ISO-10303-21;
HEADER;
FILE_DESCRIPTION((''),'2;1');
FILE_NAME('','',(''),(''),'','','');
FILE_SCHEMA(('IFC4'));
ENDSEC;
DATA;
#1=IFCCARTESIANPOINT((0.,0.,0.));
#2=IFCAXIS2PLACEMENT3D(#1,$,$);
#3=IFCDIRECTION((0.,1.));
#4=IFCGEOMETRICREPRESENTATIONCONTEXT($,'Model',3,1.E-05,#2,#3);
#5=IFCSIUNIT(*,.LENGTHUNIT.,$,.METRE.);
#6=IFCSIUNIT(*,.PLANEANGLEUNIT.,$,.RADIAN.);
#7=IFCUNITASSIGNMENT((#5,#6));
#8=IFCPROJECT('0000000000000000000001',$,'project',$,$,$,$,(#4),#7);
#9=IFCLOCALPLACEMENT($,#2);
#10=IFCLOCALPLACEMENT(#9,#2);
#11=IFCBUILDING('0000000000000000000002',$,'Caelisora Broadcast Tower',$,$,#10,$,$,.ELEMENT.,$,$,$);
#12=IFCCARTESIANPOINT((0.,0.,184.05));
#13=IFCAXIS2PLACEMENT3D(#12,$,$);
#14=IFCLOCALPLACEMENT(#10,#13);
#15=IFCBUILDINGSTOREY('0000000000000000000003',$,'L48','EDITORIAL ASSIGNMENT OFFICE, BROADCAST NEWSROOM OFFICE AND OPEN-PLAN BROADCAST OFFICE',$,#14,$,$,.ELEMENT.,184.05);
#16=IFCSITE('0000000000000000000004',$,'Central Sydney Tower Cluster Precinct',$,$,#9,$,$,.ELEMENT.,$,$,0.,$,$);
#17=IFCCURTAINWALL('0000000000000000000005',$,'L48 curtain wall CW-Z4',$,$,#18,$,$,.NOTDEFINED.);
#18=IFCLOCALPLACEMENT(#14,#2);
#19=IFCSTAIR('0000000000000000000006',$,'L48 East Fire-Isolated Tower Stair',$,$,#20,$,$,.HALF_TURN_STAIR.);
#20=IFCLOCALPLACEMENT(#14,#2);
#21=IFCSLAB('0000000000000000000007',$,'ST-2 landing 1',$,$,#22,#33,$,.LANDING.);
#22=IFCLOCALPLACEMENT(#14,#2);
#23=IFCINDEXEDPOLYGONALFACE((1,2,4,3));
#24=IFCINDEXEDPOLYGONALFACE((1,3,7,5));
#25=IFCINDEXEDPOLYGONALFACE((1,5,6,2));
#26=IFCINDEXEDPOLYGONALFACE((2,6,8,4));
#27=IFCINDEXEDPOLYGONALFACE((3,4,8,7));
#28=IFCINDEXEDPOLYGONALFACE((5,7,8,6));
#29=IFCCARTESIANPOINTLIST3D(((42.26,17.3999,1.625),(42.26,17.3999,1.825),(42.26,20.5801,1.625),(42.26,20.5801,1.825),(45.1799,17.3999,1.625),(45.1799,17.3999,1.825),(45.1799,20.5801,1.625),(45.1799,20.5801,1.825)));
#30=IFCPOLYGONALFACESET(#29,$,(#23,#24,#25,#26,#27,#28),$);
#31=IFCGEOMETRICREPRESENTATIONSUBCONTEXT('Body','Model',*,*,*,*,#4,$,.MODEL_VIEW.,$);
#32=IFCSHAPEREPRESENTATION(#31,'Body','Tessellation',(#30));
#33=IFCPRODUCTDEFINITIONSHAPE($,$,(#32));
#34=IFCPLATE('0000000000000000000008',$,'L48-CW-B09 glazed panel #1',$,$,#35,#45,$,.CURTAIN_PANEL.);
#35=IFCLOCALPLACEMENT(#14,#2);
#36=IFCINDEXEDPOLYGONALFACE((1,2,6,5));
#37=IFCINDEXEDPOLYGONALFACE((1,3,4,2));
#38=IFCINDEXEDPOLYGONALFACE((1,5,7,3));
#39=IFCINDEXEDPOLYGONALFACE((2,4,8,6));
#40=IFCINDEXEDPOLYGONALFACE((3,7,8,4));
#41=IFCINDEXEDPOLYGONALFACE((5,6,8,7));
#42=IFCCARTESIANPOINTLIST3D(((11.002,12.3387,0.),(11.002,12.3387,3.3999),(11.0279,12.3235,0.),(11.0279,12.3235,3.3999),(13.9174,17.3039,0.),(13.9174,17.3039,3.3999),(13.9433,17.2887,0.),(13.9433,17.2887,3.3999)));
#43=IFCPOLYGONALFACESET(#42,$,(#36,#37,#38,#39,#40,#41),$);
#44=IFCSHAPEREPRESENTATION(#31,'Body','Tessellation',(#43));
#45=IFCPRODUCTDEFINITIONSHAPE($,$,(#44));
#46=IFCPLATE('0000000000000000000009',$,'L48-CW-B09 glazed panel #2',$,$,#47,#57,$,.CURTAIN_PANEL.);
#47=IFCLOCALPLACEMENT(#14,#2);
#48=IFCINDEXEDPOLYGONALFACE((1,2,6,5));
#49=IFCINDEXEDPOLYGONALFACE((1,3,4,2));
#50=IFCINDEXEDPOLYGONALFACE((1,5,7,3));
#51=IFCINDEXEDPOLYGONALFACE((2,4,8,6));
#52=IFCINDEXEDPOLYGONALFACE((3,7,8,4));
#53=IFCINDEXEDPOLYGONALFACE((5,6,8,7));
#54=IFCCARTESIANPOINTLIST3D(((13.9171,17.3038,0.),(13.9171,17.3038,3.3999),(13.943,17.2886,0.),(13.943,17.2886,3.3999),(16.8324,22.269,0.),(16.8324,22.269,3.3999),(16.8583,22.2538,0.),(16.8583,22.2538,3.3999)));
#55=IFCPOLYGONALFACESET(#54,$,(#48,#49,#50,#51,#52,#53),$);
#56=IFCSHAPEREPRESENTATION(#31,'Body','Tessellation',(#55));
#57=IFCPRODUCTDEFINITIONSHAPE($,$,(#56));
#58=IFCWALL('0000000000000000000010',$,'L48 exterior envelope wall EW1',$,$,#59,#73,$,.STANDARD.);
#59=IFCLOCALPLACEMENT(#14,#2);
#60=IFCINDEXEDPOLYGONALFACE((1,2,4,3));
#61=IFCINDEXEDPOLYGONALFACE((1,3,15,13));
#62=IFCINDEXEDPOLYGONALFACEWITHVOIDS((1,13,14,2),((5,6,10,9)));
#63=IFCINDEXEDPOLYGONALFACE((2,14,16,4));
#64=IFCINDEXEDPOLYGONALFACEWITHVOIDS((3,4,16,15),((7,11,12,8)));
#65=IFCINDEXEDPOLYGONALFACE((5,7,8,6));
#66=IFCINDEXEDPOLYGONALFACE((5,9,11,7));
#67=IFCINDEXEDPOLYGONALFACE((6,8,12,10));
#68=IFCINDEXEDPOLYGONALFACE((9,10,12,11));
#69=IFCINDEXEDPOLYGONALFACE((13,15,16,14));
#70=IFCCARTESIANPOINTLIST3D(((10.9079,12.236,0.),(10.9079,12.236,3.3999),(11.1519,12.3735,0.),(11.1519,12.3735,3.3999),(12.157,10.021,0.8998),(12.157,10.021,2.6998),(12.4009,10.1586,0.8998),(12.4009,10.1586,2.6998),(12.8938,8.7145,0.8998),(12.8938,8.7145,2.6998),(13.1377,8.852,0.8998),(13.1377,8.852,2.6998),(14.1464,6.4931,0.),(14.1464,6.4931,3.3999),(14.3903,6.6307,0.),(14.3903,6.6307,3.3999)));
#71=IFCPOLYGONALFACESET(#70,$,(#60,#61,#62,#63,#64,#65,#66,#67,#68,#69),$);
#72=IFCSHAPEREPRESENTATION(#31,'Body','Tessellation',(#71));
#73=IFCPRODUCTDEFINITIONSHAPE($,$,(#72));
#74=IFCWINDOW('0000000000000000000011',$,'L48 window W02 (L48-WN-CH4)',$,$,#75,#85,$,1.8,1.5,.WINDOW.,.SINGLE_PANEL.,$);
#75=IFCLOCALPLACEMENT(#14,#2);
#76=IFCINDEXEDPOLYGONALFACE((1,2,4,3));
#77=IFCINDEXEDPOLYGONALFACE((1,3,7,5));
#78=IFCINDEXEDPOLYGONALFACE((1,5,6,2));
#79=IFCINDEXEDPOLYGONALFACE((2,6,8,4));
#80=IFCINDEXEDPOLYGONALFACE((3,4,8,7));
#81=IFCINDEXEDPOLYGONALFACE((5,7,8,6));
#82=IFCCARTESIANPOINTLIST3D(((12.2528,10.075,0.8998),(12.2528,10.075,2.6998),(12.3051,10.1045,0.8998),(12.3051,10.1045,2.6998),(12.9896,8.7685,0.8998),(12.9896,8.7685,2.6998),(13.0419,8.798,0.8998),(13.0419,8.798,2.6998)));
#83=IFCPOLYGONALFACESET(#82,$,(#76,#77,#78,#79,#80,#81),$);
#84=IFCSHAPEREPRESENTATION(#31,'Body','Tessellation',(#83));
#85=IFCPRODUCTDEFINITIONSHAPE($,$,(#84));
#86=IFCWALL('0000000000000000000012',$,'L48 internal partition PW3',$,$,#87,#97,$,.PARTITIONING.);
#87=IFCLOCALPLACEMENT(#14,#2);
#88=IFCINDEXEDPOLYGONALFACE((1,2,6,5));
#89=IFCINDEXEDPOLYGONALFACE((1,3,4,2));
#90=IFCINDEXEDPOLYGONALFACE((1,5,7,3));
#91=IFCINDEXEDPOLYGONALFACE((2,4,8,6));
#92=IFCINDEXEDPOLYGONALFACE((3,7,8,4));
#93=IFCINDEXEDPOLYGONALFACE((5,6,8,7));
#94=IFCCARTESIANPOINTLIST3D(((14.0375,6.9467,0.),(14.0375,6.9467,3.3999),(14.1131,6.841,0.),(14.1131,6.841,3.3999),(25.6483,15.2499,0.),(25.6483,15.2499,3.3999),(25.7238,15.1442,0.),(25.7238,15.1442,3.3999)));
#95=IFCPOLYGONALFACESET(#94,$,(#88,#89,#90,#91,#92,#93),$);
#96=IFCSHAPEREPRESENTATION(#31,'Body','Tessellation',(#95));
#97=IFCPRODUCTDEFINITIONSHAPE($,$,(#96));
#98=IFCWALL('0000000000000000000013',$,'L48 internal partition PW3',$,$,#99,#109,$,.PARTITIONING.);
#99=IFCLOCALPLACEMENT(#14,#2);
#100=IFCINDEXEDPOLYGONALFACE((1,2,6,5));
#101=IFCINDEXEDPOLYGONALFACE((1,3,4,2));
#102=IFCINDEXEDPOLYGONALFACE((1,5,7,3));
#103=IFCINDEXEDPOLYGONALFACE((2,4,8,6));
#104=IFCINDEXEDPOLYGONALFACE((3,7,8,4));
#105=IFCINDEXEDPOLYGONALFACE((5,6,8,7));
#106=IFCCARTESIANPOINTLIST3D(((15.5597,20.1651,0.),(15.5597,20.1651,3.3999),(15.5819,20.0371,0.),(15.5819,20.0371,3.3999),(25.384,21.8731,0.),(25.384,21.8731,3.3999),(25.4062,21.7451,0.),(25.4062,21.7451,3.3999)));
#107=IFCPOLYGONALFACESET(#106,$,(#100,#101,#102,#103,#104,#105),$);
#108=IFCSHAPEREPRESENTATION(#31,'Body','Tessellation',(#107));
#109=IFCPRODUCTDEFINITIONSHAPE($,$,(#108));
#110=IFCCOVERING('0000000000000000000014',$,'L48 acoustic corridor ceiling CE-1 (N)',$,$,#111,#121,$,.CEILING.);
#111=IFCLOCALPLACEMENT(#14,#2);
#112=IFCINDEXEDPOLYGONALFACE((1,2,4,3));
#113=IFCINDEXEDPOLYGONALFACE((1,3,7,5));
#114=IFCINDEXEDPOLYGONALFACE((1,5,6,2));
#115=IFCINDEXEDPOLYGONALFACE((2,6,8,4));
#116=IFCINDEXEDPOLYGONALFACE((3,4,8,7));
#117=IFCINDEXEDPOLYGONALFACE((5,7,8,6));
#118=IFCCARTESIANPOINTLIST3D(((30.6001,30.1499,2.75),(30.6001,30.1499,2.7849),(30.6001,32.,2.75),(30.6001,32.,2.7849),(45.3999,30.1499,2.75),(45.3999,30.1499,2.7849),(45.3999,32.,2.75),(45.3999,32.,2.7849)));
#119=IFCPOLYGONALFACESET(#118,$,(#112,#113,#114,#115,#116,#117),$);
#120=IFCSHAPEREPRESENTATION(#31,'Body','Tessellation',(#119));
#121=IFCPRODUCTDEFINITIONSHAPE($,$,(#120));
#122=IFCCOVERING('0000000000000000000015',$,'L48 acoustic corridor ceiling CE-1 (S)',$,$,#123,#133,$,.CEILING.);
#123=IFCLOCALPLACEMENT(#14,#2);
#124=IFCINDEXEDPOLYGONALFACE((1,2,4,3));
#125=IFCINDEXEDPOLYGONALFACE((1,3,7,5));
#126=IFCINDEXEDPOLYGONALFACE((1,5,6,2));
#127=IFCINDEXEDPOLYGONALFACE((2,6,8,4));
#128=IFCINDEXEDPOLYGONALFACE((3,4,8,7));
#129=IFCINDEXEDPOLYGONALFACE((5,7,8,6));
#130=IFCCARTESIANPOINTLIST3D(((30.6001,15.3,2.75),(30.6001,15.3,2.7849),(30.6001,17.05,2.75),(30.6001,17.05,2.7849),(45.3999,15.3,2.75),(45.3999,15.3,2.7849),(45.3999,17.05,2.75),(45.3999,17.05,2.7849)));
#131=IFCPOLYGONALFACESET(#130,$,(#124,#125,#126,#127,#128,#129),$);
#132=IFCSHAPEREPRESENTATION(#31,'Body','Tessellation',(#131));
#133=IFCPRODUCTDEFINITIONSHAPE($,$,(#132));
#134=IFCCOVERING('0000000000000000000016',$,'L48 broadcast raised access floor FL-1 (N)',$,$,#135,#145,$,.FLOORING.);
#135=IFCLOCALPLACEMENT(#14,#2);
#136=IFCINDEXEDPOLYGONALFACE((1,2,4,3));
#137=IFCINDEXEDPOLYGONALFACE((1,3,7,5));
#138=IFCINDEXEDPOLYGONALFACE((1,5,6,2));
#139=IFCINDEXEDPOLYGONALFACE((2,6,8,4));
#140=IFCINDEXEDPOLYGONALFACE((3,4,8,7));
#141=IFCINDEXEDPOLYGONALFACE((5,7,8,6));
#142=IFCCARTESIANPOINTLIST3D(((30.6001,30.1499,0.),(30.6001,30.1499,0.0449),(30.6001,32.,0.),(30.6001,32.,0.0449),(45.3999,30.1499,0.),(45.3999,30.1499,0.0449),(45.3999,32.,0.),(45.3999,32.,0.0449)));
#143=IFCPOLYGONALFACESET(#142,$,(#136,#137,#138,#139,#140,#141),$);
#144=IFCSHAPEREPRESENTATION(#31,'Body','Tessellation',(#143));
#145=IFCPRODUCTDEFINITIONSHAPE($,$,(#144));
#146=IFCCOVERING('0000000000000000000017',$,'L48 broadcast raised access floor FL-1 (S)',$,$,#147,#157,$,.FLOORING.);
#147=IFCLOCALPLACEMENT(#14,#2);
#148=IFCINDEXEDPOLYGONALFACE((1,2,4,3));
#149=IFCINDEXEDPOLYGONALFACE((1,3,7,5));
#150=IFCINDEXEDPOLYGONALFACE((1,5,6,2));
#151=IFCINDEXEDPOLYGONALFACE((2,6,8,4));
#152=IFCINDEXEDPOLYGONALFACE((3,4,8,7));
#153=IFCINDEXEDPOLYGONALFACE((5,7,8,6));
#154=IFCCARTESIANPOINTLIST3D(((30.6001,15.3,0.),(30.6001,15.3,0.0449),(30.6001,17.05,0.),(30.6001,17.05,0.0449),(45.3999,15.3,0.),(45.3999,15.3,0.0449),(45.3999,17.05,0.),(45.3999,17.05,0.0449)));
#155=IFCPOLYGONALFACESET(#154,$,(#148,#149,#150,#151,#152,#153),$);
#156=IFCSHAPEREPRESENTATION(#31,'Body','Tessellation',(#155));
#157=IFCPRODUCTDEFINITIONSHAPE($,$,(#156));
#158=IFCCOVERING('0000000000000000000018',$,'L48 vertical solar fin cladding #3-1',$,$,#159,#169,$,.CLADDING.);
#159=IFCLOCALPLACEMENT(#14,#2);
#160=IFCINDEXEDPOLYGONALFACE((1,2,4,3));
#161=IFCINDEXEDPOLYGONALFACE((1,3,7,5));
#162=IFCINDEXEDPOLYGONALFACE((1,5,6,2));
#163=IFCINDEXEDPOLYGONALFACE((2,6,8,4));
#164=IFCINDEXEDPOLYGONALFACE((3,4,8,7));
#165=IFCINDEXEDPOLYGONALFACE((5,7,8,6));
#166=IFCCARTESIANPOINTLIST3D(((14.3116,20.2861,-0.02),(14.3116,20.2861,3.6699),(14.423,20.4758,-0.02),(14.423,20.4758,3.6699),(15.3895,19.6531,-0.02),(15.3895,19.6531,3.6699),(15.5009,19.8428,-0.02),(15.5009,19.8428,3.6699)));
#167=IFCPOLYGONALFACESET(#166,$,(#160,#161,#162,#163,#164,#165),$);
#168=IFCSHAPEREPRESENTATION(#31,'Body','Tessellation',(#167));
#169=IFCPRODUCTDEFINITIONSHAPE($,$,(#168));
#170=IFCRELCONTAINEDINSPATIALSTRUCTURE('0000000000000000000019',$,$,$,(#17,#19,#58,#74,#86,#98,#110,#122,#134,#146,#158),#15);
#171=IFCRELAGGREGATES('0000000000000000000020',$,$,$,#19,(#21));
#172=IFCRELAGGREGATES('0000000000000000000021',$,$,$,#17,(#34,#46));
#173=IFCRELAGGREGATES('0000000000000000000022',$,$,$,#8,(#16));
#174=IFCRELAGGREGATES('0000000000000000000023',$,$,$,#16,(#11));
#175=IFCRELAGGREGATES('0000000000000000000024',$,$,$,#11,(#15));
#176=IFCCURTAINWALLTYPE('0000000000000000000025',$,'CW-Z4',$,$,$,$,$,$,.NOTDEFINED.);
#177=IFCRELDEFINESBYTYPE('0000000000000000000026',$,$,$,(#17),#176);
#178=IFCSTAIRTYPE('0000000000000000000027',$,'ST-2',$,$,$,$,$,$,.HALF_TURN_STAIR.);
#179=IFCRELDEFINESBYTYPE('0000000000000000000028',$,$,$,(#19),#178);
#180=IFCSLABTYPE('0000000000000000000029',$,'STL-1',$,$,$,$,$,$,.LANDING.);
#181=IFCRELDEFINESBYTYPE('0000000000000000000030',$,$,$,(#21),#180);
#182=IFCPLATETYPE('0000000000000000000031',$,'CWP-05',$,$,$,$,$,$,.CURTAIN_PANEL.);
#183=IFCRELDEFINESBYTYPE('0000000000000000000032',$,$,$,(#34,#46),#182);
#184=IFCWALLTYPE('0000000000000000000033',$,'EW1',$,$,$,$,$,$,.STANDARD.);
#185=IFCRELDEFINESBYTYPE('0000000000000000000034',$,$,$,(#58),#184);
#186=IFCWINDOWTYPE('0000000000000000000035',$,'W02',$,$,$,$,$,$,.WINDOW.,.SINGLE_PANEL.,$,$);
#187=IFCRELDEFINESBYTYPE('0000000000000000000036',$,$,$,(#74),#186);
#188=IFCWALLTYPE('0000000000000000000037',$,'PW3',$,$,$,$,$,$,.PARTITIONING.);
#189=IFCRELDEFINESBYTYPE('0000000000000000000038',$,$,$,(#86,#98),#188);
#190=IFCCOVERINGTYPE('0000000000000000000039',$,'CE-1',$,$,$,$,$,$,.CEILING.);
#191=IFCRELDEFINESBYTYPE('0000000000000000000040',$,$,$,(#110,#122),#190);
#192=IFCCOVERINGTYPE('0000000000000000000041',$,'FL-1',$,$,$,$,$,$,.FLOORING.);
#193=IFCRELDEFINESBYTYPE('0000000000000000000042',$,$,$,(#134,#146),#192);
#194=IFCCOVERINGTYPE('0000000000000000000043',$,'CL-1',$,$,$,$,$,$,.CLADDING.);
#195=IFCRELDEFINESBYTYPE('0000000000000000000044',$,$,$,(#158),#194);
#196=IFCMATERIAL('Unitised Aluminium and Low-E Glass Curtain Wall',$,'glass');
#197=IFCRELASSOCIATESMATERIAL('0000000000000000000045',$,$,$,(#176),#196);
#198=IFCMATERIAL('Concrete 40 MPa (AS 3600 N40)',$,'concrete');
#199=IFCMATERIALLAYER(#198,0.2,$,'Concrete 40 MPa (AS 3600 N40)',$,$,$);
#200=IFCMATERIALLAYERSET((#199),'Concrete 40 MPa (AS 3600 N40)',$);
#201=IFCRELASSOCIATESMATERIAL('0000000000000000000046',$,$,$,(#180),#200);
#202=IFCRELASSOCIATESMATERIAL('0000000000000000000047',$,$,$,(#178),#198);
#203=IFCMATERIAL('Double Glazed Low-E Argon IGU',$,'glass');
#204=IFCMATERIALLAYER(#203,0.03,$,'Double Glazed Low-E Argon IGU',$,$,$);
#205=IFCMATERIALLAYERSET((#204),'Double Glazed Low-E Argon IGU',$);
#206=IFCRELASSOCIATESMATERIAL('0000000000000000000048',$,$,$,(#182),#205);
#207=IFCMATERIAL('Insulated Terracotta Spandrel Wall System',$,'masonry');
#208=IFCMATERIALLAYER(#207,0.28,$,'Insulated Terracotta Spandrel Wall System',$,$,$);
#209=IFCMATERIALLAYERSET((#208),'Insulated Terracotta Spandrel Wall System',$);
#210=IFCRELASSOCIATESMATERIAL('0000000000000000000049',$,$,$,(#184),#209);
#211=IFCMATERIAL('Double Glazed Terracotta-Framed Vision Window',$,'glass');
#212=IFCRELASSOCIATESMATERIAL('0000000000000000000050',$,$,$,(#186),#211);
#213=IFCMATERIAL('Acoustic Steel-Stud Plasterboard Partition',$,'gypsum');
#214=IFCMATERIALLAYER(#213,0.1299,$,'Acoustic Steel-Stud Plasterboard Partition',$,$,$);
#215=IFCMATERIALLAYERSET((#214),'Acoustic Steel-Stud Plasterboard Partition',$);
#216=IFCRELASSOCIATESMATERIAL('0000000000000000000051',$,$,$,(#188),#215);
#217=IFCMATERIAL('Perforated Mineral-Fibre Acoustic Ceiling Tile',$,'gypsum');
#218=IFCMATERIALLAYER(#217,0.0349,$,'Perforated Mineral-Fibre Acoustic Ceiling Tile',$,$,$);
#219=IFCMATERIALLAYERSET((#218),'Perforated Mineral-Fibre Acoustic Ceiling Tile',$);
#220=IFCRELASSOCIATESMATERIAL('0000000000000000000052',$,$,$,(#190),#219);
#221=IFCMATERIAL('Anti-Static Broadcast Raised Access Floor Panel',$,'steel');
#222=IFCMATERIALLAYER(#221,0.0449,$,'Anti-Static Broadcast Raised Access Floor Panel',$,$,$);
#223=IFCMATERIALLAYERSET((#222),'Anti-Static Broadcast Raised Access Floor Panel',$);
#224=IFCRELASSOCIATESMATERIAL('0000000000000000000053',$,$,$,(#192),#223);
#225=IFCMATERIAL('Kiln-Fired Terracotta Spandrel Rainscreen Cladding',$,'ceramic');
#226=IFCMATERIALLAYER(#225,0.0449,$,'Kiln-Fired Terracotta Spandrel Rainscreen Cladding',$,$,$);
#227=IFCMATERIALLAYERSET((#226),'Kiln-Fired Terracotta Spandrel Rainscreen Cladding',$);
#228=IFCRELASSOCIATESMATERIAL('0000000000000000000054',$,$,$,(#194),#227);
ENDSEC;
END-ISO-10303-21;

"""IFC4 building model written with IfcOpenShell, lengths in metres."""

from ifc_helpers import new_model, si_unit, direction, frame, frame_2d, origin, origin_2d, place, context, subcontext, project, spatial, polyline, rectangle, outline, extrude, source, transform, mapped, material, layer, layer_set, type_object, type_shapes, element, fill, aggregate, save


model = new_model("IFC4")

# Units and contexts
model_context = context("Model", 3, precision=1e-05, world=origin(), true_north=direction((0.0, 1.0)))
body_context = subcontext(model_context, "Body", "Model", "MODEL_VIEW")
ifc_project = project(units=[si_unit("LENGTHUNIT", "METRE"), si_unit("PLANEANGLEUNIT", "RADIAN")], contexts=[model_context])

# Site, building, storey
site_placement = place(None, origin())
site = spatial("IfcSite", under=ifc_project, at=site_placement, Name="Central Sydney Tower Cluster Precinct", CompositionType="ELEMENT", RefElevation=0.0)
building_placement = place(site_placement, origin())
building = spatial("IfcBuilding", under=site, at=building_placement, Name="Caelisora Broadcast Tower", CompositionType="ELEMENT")
storey_placement = place(building_placement, frame((0.0, 0.0, 184.05)))
storey = spatial("IfcBuildingStorey", under=building, at=storey_placement, Name="L48", Description="EDITORIAL ASSIGNMENT OFFICE, BROADCAST NEWSROOM OFFICE AND OPEN-PLAN BROADCAST OFFICE", CompositionType="ELEMENT", Elevation=184.05)

# Shared definitions
ifc_material_1 = material(Name="Unitised Aluminium and Low-E Glass Curtain Wall", Category="glass")
curtain_wall_type = type_object("IfcCurtainWallType", Name="CW-Z4", PredefinedType="NOTDEFINED", material=ifc_material_1)

# Curtain wall
curtain_wall_1_placement = place(storey_placement, origin())
curtain_wall_1 = element("IfcCurtainWall", 1, at=curtain_wall_1_placement, inside=storey, type_object=curtain_wall_type, Name="L48 curtain wall CW-Z4", PredefinedType="NOTDEFINED")

# Shared definitions
ifc_material_2 = material(Name="Concrete 40 MPa (AS 3600 N40)", Category="concrete")

# Stair, slab
ifc_layer_1 = layer(ifc_material_2, 0.2, Name="Concrete 40 MPa (AS 3600 N40)")
ifc_layer_set_1 = layer_set([ifc_layer_1], Name="Concrete 40 MPa (AS 3600 N40)")
slab_type_1 = type_object("IfcSlabType", Name="STL-1", PredefinedType="LANDING", material=ifc_layer_set_1)
stair_type_1 = type_object("IfcStairType", Name="ST-2", PredefinedType="HALF_TURN_STAIR", material=ifc_material_2)
stair_1_placement = place(storey_placement, origin())
stair_1 = element("IfcStair", 2, at=stair_1_placement, inside=storey, type_object=stair_type_1, Name="L48 East Fire-Isolated Tower Stair", PredefinedType="HALF_TURN_STAIR")
slab_1_placement = place(storey_placement, frame((0.0, 0.0, 1.625)))
slab_1 = element("IfcSlab", 3, at=slab_1_placement, type_object=slab_type_1, Name="ST-2 landing 1", PredefinedType="LANDING", context=body_context, shape_type="SweptSolid", body=[
    extrude(outline(polyline([(42.26, 20.5801), (42.26, 17.3999), (45.1799, 17.3999), (45.1799, 20.5801), (42.26, 20.5801)])), origin(), (0.0, 0.0, 1.0), 0.2),
])
aggregate(stair_1, [slab_1])

# Plates
ifc_material_3 = material(Name="Double Glazed Low-E Argon IGU", Category="glass")
ifc_layer_2 = layer(ifc_material_3, 0.03, Name="Double Glazed Low-E Argon IGU")
ifc_layer_set_2 = layer_set([ifc_layer_2], Name="Double Glazed Low-E Argon IGU")
plate_type = type_object("IfcPlateType", Name="CWP-05", PredefinedType="CURTAIN_PANEL", material=ifc_layer_set_2)
shared_shape_1 = source(origin(), body_context, "Body", "SweptSolid", [
    extrude(rectangle(XDim=5.7578, YDim=0.03, at=origin_2d()), origin(), (0.0, 0.0, 1.0), 3.3999),
])
type_shapes(plate_type, [shared_shape_1])
plate_1_placement = place(storey_placement, frame((12.4727, 14.8137, 0.0), z_axis=(0.0, 0.0, 1.0), x_axis=(0.506335, 0.862337, 0.0)))
plate_1 = element("IfcPlate", 4, at=plate_1_placement, type_object=plate_type, Name="L48-CW-B09 glazed panel #1", PredefinedType="CURTAIN_PANEL", context=body_context, shape_type="MappedRepresentation", body=[
    mapped(shared_shape_1, transform((0.0, 0.0, 0.0), scale=1.0)),
])
plate_2_placement = place(storey_placement, frame((15.3877, 19.7788, 0.0), z_axis=(0.0, 0.0, 1.0), x_axis=(0.506335, 0.862337, 0.0)))
plate_2 = element("IfcPlate", 5, at=plate_2_placement, type_object=plate_type, Name="L48-CW-B09 glazed panel #2", PredefinedType="CURTAIN_PANEL", context=body_context, shape_type="MappedRepresentation", body=[
    mapped(shared_shape_1, transform((0.0, 0.0, 0.0), scale=1.0)),
])
aggregate(curtain_wall_1, [plate_1, plate_2])

# Wall, opening, window
ifc_material_4 = material(Name="Insulated Terracotta Spandrel Wall System", Category="masonry")
ifc_layer_3 = layer(ifc_material_4, 0.28, Name="Insulated Terracotta Spandrel Wall System")
ifc_layer_set_3 = layer_set([ifc_layer_3], Name="Insulated Terracotta Spandrel Wall System")
wall_type_1 = type_object("IfcWallType", Name="EW1", PredefinedType="STANDARD", material=ifc_layer_set_3)
wall_1_placement = place(storey_placement, frame((14.2683, 6.562, 0.0), z_axis=(0.0, 0.0, 1.0), x_axis=(-0.491198, 0.871048, 0.0)))
wall_1 = element("IfcWall", 6, at=wall_1_placement, inside=storey, type_object=wall_type_1, Name="L48 exterior envelope wall EW1", PredefinedType="STANDARD", context=body_context, shape_type="SweptSolid", body=[
    extrude(rectangle(XDim=6.593, YDim=0.28, at=frame_2d((3.2964, 0.0))), origin(), (0.0, 0.0, 1.0), 3.3999),
])
opening_placement = place(wall_1_placement, frame((2.55, 0.0, 0.8999)))
opening = element("IfcOpeningElement", 7, at=opening_placement, cuts=wall_1, PredefinedType="OPENING", context=body_context, shape_type="SweptSolid", body=[
    extrude(rectangle(XDim=1.5, YDim=1.8, at=frame_2d((0.75, 0.8999))), frame((0.0, 0.1521, 0.0), z_axis=(0.0, -1.0, 0.0), x_axis=(1.0, 0.0, 0.0)), (0.0, 0.0, 1.0), 0.304),
])
ifc_material_5 = material(Name="Double Glazed Terracotta-Framed Vision Window", Category="glass")
window_type = type_object("IfcWindowType", Name="W02", PartitioningType="SINGLE_PANEL", PredefinedType="WINDOW", material=ifc_material_5)
window_placement = place(opening_placement, origin())
window = element("IfcWindow", 8, at=window_placement, inside=storey, type_object=window_type, Name="L48 window W02 (L48-WN-CH4)", OverallHeight=1.8, OverallWidth=1.5, PartitioningType="SINGLE_PANEL", PredefinedType="WINDOW", context=body_context, shape_type="SweptSolid", body=[
    extrude(rectangle(XDim=1.5, YDim=1.8, at=frame_2d((0.75, 0.8999))), frame((0.0, 0.03, 0.0), z_axis=(0.0, -1.0, 0.0), x_axis=(1.0, 0.0, 0.0)), (0.0, 0.0, 1.0), 0.0601),
])
fill(opening, window)

# Walls
ifc_material_6 = material(Name="Acoustic Steel-Stud Plasterboard Partition", Category="gypsum")
ifc_layer_4 = layer(ifc_material_6, 0.1299, Name="Acoustic Steel-Stud Plasterboard Partition")
ifc_layer_set_4 = layer_set([ifc_layer_4], Name="Acoustic Steel-Stud Plasterboard Partition")
wall_type_2 = type_object("IfcWallType", Name="PW3", PredefinedType="PARTITIONING", material=ifc_layer_set_4)
wall_2_placement = place(storey_placement, frame((14.0752, 6.8938, 0.0), z_axis=(0.0, 0.0, 1.0), x_axis=(0.81341, 0.581691, 0.0)))
element("IfcWall", 9, at=wall_2_placement, inside=storey, type_object=wall_type_2, Name="L48 internal partition PW3", PredefinedType="PARTITIONING", context=body_context, shape_type="SweptSolid", body=[
    extrude(rectangle(XDim=14.2742, YDim=0.1299, at=frame_2d((7.1372, 0.0))), origin(), (0.0, 0.0, 1.0), 3.3999),
])
wall_3_placement = place(storey_placement, frame((15.5708, 20.1011, 0.0), z_axis=(0.0, 0.0, 1.0), x_axis=(0.985221, 0.171287, 0.0)))
element("IfcWall", 10, at=wall_3_placement, inside=storey, type_object=wall_type_2, Name="L48 internal partition PW3", PredefinedType="PARTITIONING", context=body_context, shape_type="SweptSolid", body=[
    extrude(rectangle(XDim=9.9717, YDim=0.1299, at=frame_2d((4.9858, 0.0))), origin(), (0.0, 0.0, 1.0), 3.3999),
])

# Coverings
ifc_material_7 = material(Name="Perforated Mineral-Fibre Acoustic Ceiling Tile", Category="gypsum")
ifc_layer_5 = layer(ifc_material_7, 0.0349, Name="Perforated Mineral-Fibre Acoustic Ceiling Tile")
ifc_layer_set_5 = layer_set([ifc_layer_5], Name="Perforated Mineral-Fibre Acoustic Ceiling Tile")
covering_type_1 = type_object("IfcCoveringType", Name="CE-1", PredefinedType="CEILING", material=ifc_layer_set_5)
covering_1_placement = place(storey_placement, frame((0.0, 0.0, 2.75)))
element("IfcCovering", 11, at=covering_1_placement, inside=storey, type_object=covering_type_1, Name="L48 acoustic corridor ceiling CE-1 (N)", PredefinedType="CEILING", context=body_context, shape_type="SweptSolid", body=[
    extrude(outline(polyline([(30.6001, 30.1499), (45.3999, 30.1499), (45.3999, 32.0), (30.6001, 32.0), (30.6001, 30.1499)])), origin(), (0.0, 0.0, 1.0), 0.0349),
])
covering_2_placement = place(storey_placement, frame((0.0, 0.0, 2.75)))
element("IfcCovering", 12, at=covering_2_placement, inside=storey, type_object=covering_type_1, Name="L48 acoustic corridor ceiling CE-1 (S)", PredefinedType="CEILING", context=body_context, shape_type="SweptSolid", body=[
    extrude(outline(polyline([(30.6001, 15.3), (45.3999, 15.3), (45.3999, 17.05), (30.6001, 17.05), (30.6001, 15.3)])), origin(), (0.0, 0.0, 1.0), 0.0349),
])
ifc_material_8 = material(Name="Anti-Static Broadcast Raised Access Floor Panel", Category="steel")
ifc_layer_6 = layer(ifc_material_8, 0.0449, Name="Anti-Static Broadcast Raised Access Floor Panel")
ifc_layer_set_6 = layer_set([ifc_layer_6], Name="Anti-Static Broadcast Raised Access Floor Panel")
covering_type_2 = type_object("IfcCoveringType", Name="FL-1", PredefinedType="FLOORING", material=ifc_layer_set_6)
covering_3_placement = place(storey_placement, origin())
element("IfcCovering", 13, at=covering_3_placement, inside=storey, type_object=covering_type_2, Name="L48 broadcast raised access floor FL-1 (N)", PredefinedType="FLOORING", context=body_context, shape_type="SweptSolid", body=[
    extrude(outline(polyline([(30.6001, 30.1499), (45.3999, 30.1499), (45.3999, 32.0), (30.6001, 32.0), (30.6001, 30.1499)])), origin(), (0.0, 0.0, 1.0), 0.0449),
])
covering_4_placement = place(storey_placement, origin())
element("IfcCovering", 14, at=covering_4_placement, inside=storey, type_object=covering_type_2, Name="L48 broadcast raised access floor FL-1 (S)", PredefinedType="FLOORING", context=body_context, shape_type="SweptSolid", body=[
    extrude(outline(polyline([(30.6001, 15.3), (45.3999, 15.3), (45.3999, 17.05), (30.6001, 17.05), (30.6001, 15.3)])), origin(), (0.0, 0.0, 1.0), 0.0449),
])
ifc_material_9 = material(Name="Kiln-Fired Terracotta Spandrel Rainscreen Cladding", Category="ceramic")
ifc_layer_7 = layer(ifc_material_9, 0.0449, Name="Kiln-Fired Terracotta Spandrel Rainscreen Cladding")
ifc_layer_set_7 = layer_set([ifc_layer_7], Name="Kiln-Fired Terracotta Spandrel Rainscreen Cladding")
covering_type_3 = type_object("IfcCoveringType", Name="CL-1", PredefinedType="CLADDING", material=ifc_layer_set_7)
shared_shape_2 = source(origin(), body_context, "Body", "SweptSolid", [
    extrude(rectangle(XDim=0.22, YDim=1.25, at=origin_2d()), origin(), (0.0, 0.0, 1.0), 3.6899),
])
type_shapes(covering_type_3, [shared_shape_2])
covering_5_placement = place(storey_placement, frame((14.9062, 20.0645, -0.02), z_axis=(0.0, 0.0, 1.0), x_axis=(0.506335, 0.862337, 0.0)))
element("IfcCovering", 15, at=covering_5_placement, inside=storey, type_object=covering_type_3, Name="L48 vertical solar fin cladding #3-1", PredefinedType="CLADDING", context=body_context, shape_type="MappedRepresentation", body=[
    mapped(shared_shape_2, transform((0.0, 0.0, 0.0), scale=1.0)),
])

save(model, "model.ifc")
